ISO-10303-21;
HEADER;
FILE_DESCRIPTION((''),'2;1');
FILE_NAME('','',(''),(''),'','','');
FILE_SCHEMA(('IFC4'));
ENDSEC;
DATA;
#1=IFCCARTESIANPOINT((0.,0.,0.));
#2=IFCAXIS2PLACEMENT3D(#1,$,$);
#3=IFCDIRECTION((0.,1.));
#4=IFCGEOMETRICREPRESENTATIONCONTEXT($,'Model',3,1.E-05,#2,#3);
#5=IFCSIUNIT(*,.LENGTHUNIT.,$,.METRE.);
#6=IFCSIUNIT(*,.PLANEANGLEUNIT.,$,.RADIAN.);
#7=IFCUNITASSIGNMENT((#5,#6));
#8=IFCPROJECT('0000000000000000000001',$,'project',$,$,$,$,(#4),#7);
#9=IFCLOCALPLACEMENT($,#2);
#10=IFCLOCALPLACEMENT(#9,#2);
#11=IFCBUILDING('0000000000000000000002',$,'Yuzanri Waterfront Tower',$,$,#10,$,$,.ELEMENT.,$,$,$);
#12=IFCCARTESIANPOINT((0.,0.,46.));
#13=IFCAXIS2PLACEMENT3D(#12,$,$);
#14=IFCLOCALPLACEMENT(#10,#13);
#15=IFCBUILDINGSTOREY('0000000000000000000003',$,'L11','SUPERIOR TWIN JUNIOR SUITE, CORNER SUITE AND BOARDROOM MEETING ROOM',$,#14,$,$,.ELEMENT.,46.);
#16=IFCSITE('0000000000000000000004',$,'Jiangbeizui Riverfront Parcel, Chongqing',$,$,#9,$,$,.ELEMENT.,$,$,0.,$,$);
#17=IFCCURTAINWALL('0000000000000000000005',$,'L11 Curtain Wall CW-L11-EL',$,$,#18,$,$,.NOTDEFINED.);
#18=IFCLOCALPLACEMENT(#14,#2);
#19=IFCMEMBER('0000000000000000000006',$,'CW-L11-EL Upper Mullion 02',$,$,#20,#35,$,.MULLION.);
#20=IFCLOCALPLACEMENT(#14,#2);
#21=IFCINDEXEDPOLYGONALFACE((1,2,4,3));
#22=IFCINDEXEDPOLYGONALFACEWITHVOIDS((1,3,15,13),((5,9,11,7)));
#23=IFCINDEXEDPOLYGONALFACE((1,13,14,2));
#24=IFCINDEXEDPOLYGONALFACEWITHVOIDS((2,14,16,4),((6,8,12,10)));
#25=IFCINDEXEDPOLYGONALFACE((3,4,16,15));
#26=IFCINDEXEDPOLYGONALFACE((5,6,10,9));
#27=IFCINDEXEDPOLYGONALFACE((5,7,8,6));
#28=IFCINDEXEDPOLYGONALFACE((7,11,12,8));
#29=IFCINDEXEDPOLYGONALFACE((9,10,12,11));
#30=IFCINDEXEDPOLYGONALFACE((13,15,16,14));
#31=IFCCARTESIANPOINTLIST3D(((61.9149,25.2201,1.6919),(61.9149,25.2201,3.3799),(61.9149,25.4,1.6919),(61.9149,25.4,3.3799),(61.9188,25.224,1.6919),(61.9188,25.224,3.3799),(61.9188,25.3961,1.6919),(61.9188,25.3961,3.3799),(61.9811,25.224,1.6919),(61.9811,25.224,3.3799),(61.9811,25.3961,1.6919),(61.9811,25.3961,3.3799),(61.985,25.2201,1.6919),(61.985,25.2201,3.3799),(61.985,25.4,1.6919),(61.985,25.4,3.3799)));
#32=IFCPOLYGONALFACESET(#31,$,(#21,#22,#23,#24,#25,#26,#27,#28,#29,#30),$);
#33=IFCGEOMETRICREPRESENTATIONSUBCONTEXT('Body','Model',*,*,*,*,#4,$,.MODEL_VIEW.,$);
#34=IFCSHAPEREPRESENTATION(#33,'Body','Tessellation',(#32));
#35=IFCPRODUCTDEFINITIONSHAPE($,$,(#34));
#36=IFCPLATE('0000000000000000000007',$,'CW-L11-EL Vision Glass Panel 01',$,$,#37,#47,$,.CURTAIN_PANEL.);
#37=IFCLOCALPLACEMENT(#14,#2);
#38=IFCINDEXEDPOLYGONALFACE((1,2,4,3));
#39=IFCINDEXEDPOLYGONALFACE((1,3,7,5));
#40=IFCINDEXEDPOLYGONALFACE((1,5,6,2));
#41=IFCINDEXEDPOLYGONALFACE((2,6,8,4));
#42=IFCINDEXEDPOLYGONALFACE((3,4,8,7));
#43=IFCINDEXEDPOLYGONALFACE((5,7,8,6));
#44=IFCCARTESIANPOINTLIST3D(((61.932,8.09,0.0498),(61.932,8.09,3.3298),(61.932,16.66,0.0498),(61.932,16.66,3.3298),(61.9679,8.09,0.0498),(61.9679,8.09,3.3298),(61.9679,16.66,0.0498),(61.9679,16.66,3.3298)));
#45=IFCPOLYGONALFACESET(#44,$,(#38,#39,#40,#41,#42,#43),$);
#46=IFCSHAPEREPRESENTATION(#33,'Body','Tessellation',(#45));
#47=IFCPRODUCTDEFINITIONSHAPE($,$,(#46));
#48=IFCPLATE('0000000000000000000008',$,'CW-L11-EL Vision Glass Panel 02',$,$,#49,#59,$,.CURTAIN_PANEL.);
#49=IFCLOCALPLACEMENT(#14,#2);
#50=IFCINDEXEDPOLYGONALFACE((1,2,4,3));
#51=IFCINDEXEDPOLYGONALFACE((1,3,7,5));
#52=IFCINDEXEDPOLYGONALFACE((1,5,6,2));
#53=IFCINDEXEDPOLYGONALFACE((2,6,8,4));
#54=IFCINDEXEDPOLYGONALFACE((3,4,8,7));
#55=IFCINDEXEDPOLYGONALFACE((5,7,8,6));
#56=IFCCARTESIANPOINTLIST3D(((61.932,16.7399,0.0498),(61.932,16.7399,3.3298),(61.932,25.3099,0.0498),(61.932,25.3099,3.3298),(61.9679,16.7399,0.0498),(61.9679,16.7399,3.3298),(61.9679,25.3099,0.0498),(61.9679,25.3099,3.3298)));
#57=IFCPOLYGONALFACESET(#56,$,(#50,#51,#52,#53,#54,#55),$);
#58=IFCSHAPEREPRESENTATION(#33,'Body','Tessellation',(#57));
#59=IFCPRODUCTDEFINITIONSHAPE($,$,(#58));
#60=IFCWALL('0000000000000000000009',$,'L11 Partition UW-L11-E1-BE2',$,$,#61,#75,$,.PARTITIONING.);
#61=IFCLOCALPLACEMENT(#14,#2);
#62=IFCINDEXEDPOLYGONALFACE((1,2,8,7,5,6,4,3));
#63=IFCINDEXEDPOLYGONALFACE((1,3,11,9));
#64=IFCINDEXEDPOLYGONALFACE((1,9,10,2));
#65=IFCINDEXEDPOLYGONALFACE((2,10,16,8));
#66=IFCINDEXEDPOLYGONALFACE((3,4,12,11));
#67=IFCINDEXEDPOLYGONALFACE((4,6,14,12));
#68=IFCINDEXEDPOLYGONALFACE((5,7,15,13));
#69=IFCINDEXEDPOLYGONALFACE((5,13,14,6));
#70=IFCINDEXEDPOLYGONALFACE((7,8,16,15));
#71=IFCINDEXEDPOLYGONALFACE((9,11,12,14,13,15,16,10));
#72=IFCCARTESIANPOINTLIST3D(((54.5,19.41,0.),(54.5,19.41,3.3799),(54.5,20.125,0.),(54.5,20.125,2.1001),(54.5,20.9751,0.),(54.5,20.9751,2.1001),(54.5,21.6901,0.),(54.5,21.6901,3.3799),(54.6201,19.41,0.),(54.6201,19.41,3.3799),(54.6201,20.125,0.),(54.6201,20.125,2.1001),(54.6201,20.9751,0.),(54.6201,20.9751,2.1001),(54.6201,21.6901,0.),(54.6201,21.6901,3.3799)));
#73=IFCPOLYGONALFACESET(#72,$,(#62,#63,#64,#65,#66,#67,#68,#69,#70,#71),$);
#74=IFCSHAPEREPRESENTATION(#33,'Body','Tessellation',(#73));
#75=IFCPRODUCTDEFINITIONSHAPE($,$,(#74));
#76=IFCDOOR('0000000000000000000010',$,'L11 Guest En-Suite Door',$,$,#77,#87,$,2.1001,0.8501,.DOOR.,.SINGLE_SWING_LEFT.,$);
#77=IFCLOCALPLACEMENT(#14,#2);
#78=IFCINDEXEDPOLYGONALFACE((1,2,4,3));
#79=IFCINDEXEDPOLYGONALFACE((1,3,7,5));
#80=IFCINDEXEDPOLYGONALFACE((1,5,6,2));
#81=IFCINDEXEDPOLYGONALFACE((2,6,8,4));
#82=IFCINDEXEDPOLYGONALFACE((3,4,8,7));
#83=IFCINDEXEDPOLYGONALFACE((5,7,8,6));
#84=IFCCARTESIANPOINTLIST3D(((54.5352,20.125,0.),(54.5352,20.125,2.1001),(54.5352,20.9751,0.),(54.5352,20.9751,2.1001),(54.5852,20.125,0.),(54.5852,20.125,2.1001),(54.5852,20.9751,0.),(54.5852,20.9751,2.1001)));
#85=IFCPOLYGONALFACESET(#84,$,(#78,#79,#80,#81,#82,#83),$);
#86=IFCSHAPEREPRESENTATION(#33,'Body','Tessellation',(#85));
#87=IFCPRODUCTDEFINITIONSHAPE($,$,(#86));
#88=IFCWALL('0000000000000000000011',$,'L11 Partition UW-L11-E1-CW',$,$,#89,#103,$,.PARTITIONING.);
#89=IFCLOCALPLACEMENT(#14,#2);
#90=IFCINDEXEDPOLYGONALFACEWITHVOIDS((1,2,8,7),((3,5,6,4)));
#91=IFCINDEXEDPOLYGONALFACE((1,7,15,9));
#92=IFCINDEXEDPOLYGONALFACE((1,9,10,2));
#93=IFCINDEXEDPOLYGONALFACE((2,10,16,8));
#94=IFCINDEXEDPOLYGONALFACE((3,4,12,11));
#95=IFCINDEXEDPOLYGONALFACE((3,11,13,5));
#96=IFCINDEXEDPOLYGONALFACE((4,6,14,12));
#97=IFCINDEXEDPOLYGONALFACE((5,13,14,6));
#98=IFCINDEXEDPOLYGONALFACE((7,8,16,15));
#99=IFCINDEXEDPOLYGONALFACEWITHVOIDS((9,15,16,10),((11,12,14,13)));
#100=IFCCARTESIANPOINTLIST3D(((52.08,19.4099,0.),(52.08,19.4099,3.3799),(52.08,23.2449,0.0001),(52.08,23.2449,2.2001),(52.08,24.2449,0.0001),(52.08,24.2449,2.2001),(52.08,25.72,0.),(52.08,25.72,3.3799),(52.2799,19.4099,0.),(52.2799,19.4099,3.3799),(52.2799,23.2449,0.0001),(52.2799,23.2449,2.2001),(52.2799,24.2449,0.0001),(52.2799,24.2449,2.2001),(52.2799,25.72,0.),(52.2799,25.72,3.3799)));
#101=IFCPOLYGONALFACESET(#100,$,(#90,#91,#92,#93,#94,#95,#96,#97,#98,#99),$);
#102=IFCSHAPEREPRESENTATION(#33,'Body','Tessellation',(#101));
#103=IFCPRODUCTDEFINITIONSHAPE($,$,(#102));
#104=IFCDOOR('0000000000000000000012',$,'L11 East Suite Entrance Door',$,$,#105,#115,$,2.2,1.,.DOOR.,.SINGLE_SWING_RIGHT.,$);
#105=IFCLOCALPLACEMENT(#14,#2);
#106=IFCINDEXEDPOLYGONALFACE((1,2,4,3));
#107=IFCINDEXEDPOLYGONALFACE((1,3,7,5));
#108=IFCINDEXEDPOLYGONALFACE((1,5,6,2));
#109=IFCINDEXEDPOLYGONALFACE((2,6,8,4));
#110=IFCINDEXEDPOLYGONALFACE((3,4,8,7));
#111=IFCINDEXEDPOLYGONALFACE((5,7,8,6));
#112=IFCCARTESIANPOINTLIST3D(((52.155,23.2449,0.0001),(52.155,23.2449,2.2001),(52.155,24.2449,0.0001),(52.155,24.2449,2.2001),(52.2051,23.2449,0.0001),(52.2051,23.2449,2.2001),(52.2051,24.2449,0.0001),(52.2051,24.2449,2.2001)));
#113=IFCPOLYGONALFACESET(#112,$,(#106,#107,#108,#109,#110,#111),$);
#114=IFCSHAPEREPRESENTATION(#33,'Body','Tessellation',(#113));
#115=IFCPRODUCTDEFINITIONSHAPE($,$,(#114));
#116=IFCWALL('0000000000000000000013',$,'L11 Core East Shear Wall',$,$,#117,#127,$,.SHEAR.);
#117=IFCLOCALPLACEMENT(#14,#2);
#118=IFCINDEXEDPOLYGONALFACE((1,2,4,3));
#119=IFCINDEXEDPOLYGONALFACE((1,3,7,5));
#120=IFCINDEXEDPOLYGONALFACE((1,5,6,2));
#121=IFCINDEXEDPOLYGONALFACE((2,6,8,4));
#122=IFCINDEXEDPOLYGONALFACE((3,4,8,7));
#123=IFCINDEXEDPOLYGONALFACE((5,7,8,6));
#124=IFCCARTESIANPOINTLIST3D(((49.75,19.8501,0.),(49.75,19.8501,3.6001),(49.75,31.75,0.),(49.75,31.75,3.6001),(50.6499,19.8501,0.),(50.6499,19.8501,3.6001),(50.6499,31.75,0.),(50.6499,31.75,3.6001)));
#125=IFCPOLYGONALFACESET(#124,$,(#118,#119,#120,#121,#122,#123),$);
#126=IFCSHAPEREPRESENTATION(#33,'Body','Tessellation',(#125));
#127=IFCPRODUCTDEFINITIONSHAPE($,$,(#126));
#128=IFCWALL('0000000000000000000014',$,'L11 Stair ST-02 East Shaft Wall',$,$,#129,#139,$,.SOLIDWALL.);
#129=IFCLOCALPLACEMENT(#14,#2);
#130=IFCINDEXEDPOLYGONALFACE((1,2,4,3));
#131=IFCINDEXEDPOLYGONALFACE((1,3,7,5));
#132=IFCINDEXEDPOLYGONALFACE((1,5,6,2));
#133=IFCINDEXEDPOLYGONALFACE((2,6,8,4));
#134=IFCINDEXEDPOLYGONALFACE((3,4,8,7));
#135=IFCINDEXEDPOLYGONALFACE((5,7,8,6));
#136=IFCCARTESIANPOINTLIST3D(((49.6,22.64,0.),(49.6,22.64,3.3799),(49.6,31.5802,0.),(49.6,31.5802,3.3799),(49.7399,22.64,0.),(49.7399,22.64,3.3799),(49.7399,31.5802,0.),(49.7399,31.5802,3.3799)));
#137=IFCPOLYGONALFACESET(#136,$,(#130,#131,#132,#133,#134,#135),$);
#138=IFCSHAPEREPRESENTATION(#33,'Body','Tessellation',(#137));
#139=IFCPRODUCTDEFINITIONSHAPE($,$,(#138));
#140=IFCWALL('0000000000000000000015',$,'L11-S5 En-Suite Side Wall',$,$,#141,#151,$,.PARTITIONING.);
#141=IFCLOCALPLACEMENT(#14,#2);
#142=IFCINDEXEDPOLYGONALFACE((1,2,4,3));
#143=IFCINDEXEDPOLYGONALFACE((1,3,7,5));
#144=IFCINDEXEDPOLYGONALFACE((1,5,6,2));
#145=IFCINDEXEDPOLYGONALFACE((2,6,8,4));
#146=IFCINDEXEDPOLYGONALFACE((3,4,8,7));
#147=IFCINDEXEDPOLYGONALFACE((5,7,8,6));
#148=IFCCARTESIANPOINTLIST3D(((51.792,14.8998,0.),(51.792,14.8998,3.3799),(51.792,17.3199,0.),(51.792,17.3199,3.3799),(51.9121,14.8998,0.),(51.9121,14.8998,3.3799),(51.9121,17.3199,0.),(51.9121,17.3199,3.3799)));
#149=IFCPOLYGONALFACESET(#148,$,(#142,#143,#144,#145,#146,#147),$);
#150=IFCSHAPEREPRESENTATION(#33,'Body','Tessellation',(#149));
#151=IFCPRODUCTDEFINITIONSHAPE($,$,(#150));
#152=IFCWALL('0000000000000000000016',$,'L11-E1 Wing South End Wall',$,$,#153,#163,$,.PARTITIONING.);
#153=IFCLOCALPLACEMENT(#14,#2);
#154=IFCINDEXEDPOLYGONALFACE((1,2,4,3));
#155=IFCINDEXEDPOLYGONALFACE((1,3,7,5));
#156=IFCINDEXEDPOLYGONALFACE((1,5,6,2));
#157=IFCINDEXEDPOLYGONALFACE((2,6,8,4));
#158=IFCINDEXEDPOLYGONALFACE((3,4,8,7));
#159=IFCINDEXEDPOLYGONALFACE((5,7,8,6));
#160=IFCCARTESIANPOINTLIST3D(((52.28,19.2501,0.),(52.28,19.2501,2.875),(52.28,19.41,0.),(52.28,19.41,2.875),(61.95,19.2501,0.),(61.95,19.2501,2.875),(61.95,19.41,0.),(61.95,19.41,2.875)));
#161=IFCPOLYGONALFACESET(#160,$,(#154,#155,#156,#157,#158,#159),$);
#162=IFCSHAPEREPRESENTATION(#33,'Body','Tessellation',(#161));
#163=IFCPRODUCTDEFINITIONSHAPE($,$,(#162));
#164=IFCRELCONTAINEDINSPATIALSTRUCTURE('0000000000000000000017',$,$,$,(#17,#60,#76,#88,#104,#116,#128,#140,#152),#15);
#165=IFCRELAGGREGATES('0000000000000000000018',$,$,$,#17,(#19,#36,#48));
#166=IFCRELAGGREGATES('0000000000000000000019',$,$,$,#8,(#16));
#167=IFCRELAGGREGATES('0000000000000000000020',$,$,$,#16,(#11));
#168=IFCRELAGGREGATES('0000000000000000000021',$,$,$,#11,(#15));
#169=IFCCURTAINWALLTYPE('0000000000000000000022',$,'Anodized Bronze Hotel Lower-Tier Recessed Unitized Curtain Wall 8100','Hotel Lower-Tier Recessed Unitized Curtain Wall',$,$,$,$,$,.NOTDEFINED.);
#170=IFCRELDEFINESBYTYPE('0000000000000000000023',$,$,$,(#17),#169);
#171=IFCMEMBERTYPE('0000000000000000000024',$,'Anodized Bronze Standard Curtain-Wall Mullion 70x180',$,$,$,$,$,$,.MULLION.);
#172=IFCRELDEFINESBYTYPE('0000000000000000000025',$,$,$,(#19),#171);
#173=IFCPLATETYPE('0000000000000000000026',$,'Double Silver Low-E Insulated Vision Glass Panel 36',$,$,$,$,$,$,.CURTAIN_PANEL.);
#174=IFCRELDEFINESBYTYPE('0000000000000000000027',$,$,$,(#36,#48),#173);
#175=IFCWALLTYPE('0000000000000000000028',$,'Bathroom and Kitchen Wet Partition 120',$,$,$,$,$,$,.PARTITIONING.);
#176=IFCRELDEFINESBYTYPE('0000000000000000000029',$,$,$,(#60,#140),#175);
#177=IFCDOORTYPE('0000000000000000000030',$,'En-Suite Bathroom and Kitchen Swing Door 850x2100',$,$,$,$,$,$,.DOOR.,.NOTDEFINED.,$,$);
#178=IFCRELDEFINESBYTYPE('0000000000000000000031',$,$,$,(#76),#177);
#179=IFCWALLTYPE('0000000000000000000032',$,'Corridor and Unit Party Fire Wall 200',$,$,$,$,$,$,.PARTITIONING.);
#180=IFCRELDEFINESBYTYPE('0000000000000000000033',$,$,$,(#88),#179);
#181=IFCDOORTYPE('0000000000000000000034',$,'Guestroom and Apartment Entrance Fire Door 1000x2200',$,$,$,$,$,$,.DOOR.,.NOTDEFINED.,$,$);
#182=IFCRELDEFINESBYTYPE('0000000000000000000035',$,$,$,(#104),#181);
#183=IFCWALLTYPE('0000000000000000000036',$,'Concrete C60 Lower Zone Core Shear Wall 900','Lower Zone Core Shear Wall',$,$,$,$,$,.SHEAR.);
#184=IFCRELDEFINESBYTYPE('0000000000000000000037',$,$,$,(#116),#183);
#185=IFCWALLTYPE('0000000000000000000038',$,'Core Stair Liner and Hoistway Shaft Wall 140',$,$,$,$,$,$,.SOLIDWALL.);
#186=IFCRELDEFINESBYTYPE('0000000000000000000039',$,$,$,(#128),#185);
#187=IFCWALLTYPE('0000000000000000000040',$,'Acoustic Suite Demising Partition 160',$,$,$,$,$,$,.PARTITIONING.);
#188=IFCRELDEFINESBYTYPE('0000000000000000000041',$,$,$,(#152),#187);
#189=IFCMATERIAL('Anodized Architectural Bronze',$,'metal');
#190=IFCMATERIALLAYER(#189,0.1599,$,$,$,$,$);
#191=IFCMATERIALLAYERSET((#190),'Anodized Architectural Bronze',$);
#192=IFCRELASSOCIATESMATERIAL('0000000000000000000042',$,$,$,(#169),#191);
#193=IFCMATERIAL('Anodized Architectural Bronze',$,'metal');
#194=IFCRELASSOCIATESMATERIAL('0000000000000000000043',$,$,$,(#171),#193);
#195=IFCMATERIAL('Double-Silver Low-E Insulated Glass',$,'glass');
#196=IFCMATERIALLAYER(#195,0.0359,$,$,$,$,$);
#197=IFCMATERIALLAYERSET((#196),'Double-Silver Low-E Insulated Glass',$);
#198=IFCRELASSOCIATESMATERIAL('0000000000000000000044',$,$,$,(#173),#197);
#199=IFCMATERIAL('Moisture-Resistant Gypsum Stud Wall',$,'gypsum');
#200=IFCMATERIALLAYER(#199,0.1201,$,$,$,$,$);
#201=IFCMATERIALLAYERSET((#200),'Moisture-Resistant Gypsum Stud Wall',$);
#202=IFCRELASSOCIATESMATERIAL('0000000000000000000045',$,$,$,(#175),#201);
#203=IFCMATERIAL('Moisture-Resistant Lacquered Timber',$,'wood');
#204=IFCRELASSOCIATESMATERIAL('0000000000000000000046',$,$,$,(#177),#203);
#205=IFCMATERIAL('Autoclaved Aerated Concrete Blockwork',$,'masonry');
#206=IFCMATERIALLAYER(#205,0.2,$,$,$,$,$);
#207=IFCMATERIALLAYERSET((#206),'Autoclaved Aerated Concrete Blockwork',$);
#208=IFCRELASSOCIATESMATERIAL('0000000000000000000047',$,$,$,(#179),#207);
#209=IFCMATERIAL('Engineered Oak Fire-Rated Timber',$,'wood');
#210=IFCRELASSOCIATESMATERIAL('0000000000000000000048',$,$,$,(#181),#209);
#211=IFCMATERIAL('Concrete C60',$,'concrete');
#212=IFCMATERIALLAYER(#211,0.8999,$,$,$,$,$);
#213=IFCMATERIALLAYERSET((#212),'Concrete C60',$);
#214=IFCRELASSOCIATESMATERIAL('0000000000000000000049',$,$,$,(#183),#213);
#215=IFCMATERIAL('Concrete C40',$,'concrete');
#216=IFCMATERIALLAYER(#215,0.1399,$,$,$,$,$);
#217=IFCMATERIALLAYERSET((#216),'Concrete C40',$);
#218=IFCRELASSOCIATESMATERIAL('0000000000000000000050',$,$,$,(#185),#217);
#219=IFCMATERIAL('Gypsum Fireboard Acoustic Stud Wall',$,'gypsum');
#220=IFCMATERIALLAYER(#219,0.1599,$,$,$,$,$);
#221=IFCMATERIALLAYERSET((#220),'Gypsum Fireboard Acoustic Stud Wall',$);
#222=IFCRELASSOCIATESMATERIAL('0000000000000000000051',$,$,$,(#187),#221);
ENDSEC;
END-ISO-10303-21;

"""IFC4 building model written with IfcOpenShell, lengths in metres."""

from ifc_helpers import new_model, si_unit, direction, frame, frame_2d, origin, origin_2d, place, context, subcontext, project, spatial, rectangle, hollow_rectangle, extrude, source, transform, mapped, material, layer, layer_set, material_profile, profile_set, type_object, element, fill, aggregate, save


model = new_model("IFC4")

# Units and contexts
model_context = context("Model", 3, precision=1e-05, world=origin(), true_north=direction((0.0, 1.0)))
body_context = subcontext(model_context, "Body", "Model", "MODEL_VIEW")
ifc_project = project(units=[si_unit("LENGTHUNIT", "METRE"), si_unit("PLANEANGLEUNIT", "RADIAN")], contexts=[model_context])

# Site, building, storey
site_placement = place(None, origin())
site = spatial("IfcSite", under=ifc_project, at=site_placement, Name="Jiangbeizui Riverfront Parcel, Chongqing", CompositionType="ELEMENT", RefElevation=0.0)
building_placement = place(site_placement, origin())
building = spatial("IfcBuilding", under=site, at=building_placement, Name="Yuzanri Waterfront Tower", CompositionType="ELEMENT")
storey_placement = place(building_placement, frame((0.0, 0.0, 46.0)))
storey = spatial("IfcBuildingStorey", under=building, at=storey_placement, Name="L11", Description="SUPERIOR TWIN JUNIOR SUITE, CORNER SUITE AND BOARDROOM MEETING ROOM", CompositionType="ELEMENT", Elevation=46.0)

# Curtain wall, member, plates
ifc_material_1 = material(Name="Anodized Architectural Bronze", Category="metal")
ifc_layer_1 = layer(ifc_material_1, 0.1599)
ifc_layer_set_1 = layer_set([ifc_layer_1], Name="Anodized Architectural Bronze")
curtain_wall_type = type_object("IfcCurtainWallType", Name="Anodized Bronze Hotel Lower-Tier Recessed Unitized Curtain Wall 8100", Description="Hotel Lower-Tier Recessed Unitized Curtain Wall", PredefinedType="NOTDEFINED", material=ifc_layer_set_1)
curtain_wall_placement = place(storey_placement, origin())
curtain_wall = element("IfcCurtainWall", 1, at=curtain_wall_placement, inside=storey, type_object=curtain_wall_type, Name="L11 Curtain Wall CW-L11-EL", PredefinedType="NOTDEFINED")
ifc_material_2 = material(Name="Anodized Architectural Bronze", Category="metal")
ifc_material_profile_1 = material_profile(ifc_material_2, hollow_rectangle(XDim=0.0701, YDim=0.1799, WallThickness=0.0039, at=origin_2d()), Name="CWM 70x180")
ifc_profile_set_1 = profile_set([ifc_material_profile_1], Name="Anodized Architectural Bronze")
member_type = type_object("IfcMemberType", Name="Anodized Bronze Standard Curtain-Wall Mullion 70x180", PredefinedType="MULLION", material=ifc_profile_set_1)
shared_shape_1 = source(origin(), body_context, "Body", "SweptSolid", [
    extrude(hollow_rectangle(XDim=0.0701, YDim=0.1799, WallThickness=0.0039, at=origin_2d()), origin(), (0.0, 0.0, 1.0), 1.688),
])
member_1_placement = place(storey_placement, frame((61.95, 25.3101, 1.6919), z_axis=(0.0, 0.0, 1.0), x_axis=(1.0, 0.0, 0.0)))
member_1 = element("IfcMember", 2, at=member_1_placement, type_object=member_type, Name="CW-L11-EL Upper Mullion 02", PredefinedType="MULLION", context=body_context, shape_type="MappedRepresentation", body=[
    mapped(shared_shape_1, transform((0.0, 0.0, 0.0), scale=1.0)),
])
ifc_material_3 = material(Name="Double-Silver Low-E Insulated Glass", Category="glass")
ifc_layer_2 = layer(ifc_material_3, 0.0359)
ifc_layer_set_2 = layer_set([ifc_layer_2], Name="Double-Silver Low-E Insulated Glass")
plate_type = type_object("IfcPlateType", Name="Double Silver Low-E Insulated Vision Glass Panel 36", PredefinedType="CURTAIN_PANEL", material=ifc_layer_set_2)
shared_shape_2 = source(origin(), body_context, "Body", "SweptSolid", [
    extrude(rectangle(XDim=8.5701, YDim=0.0359, at=origin_2d()), origin(), (0.0, 0.0, 1.0), 3.28),
])
plate_1_placement = place(storey_placement, frame((61.95, 12.375, 0.0498), z_axis=(0.0, 0.0, 1.0), x_axis=(0.0, 1.0, 0.0)))
plate_1 = element("IfcPlate", 3, at=plate_1_placement, type_object=plate_type, Name="CW-L11-EL Vision Glass Panel 01", PredefinedType="CURTAIN_PANEL", context=body_context, shape_type="MappedRepresentation", body=[
    mapped(shared_shape_2, transform((0.0, 0.0, 0.0), scale=1.0)),
])
plate_2_placement = place(storey_placement, frame((61.95, 21.0249, 0.0498), z_axis=(0.0, 0.0, 1.0), x_axis=(0.0, 1.0, 0.0)))
plate_2 = element("IfcPlate", 4, at=plate_2_placement, type_object=plate_type, Name="CW-L11-EL Vision Glass Panel 02", PredefinedType="CURTAIN_PANEL", context=body_context, shape_type="MappedRepresentation", body=[
    mapped(shared_shape_2, transform((0.0, 0.0, 0.0), scale=1.0)),
])
aggregate(curtain_wall, [member_1, plate_1, plate_2])

# Walls, openings, doors
ifc_material_4 = material(Name="Moisture-Resistant Gypsum Stud Wall", Category="gypsum")
ifc_layer_3 = layer(ifc_material_4, 0.1201)
ifc_layer_set_3 = layer_set([ifc_layer_3], Name="Moisture-Resistant Gypsum Stud Wall")
wall_type_1 = type_object("IfcWallType", Name="Bathroom and Kitchen Wet Partition 120", PredefinedType="PARTITIONING", material=ifc_layer_set_3)
wall_1_placement = place(storey_placement, frame((54.5601, 19.4099, 0.0), z_axis=(0.0, 0.0, 1.0), x_axis=(0.0, 1.0, 0.0)))
wall_1 = element("IfcWall", 5, at=wall_1_placement, inside=storey, type_object=wall_type_1, Name="L11 Partition UW-L11-E1-BE2", PredefinedType="PARTITIONING", context=body_context, shape_type="SweptSolid", body=[
    extrude(rectangle(XDim=2.28, YDim=0.1201, at=frame_2d((1.1401, 0.0))), origin(), (0.0, 0.0, 1.0), 3.3799),
])
opening_1_placement = place(wall_1_placement, frame((0.7151, 0.0, 0.0)))
opening_1 = element("IfcOpeningElement", 6, at=opening_1_placement, cuts=wall_1, PredefinedType="OPENING", context=body_context, shape_type="SweptSolid", body=[
    extrude(rectangle(XDim=0.8501, YDim=2.1001, at=frame_2d((0.425, 1.05))), frame((0.0, 0.075, 0.0), z_axis=(0.0, -1.0, 0.0), x_axis=(1.0, 0.0, 0.0)), (0.0, 0.0, 1.0), 0.1499),
])
ifc_material_5 = material(Name="Moisture-Resistant Lacquered Timber", Category="wood")
door_type_1 = type_object("IfcDoorType", Name="En-Suite Bathroom and Kitchen Swing Door 850x2100", OperationType="NOTDEFINED", PredefinedType="DOOR", material=ifc_material_5)
shared_shape_3 = source(origin(), body_context, "Body", "SweptSolid", [
    extrude(rectangle(XDim=0.8501, YDim=2.1001, at=frame_2d((0.425, 1.05))), frame((0.0, 0.0249, 0.0), z_axis=(0.0, -1.0, 0.0), x_axis=(1.0, 0.0, 0.0)), (0.0, 0.0, 1.0), 0.05),
])
door_1_placement = place(opening_1_placement, origin())
door_1 = element("IfcDoor", 7, at=door_1_placement, inside=storey, type_object=door_type_1, Name="L11 Guest En-Suite Door", OperationType="SINGLE_SWING_LEFT", OverallHeight=2.1001, OverallWidth=0.8501, PredefinedType="DOOR", context=body_context, shape_type="MappedRepresentation", body=[
    mapped(shared_shape_3, transform((0.0, 0.0, 0.0), scale=1.0)),
])
fill(opening_1, door_1)
ifc_material_6 = material(Name="Autoclaved Aerated Concrete Blockwork", Category="masonry")
ifc_layer_4 = layer(ifc_material_6, 0.2)
ifc_layer_set_4 = layer_set([ifc_layer_4], Name="Autoclaved Aerated Concrete Blockwork")
wall_type_2 = type_object("IfcWallType", Name="Corridor and Unit Party Fire Wall 200", PredefinedType="PARTITIONING", material=ifc_layer_set_4)
wall_2_placement = place(storey_placement, frame((52.1799, 19.4099, 0.0), z_axis=(0.0, 0.0, 1.0), x_axis=(0.0, 1.0, 0.0)))
wall_2 = element("IfcWall", 8, at=wall_2_placement, inside=storey, type_object=wall_type_2, Name="L11 Partition UW-L11-E1-CW", PredefinedType="PARTITIONING", context=body_context, shape_type="SweptSolid", body=[
    extrude(rectangle(XDim=6.3101, YDim=0.2, at=frame_2d((3.155, 0.0))), origin(), (0.0, 0.0, 1.0), 3.3799),
])
opening_2_placement = place(wall_2_placement, frame((3.835, 0.0, 0.0)))
opening_2 = element("IfcOpeningElement", 9, at=opening_2_placement, cuts=wall_2, PredefinedType="OPENING", context=body_context, shape_type="SweptSolid", body=[
    extrude(rectangle(XDim=1.0, YDim=2.2, at=frame_2d((0.5, 1.1001))), frame((0.0, 0.1147, 0.0), z_axis=(0.0, -1.0, 0.0), x_axis=(1.0, 0.0, 0.0)), (0.0, 0.0, 1.0), 0.2297),
])
ifc_material_7 = material(Name="Engineered Oak Fire-Rated Timber", Category="wood")
door_type_2 = type_object("IfcDoorType", Name="Guestroom and Apartment Entrance Fire Door 1000x2200", OperationType="NOTDEFINED", PredefinedType="DOOR", material=ifc_material_7)
shared_shape_4 = source(origin(), body_context, "Body", "SweptSolid", [
    extrude(rectangle(XDim=1.0, YDim=2.2, at=frame_2d((0.5, 1.1001))), frame((0.0, 0.0249, 0.0), z_axis=(0.0, -1.0, 0.0), x_axis=(1.0, 0.0, 0.0)), (0.0, 0.0, 1.0), 0.05),
])
door_2_placement = place(opening_2_placement, origin())
door_2 = element("IfcDoor", 10, at=door_2_placement, inside=storey, type_object=door_type_2, Name="L11 East Suite Entrance Door", OperationType="SINGLE_SWING_RIGHT", OverallHeight=2.2, OverallWidth=1.0, PredefinedType="DOOR", context=body_context, shape_type="MappedRepresentation", body=[
    mapped(shared_shape_4, transform((0.0, 0.0, 0.0), scale=1.0)),
])
fill(opening_2, door_2)

# Walls
ifc_material_8 = material(Name="Concrete C60", Category="concrete")
ifc_layer_5 = layer(ifc_material_8, 0.8999)
ifc_layer_set_5 = layer_set([ifc_layer_5], Name="Concrete C60")
wall_type_3 = type_object("IfcWallType", Name="Concrete C60 Lower Zone Core Shear Wall 900", Description="Lower Zone Core Shear Wall", PredefinedType="SHEAR", material=ifc_layer_set_5)
shared_shape_5 = source(origin(), body_context, "Body", "SweptSolid", [
    extrude(rectangle(XDim=11.8999, YDim=0.8999, at=frame_2d((5.95, 0.0))), origin(), (0.0, 0.0, 1.0), 3.6001),
])
wall_3_placement = place(storey_placement, frame((50.2, 19.8501, 0.0), z_axis=(0.0, 0.0, 1.0), x_axis=(0.0, 1.0, 0.0)))
element("IfcWall", 11, at=wall_3_placement, inside=storey, type_object=wall_type_3, Name="L11 Core East Shear Wall", PredefinedType="SHEAR", context=body_context, shape_type="MappedRepresentation", body=[
    mapped(shared_shape_5, transform((0.0, 0.0, 0.0), scale=1.0)),
])
ifc_material_9 = material(Name="Concrete C40", Category="concrete")
ifc_layer_6 = layer(ifc_material_9, 0.1399)
ifc_layer_set_6 = layer_set([ifc_layer_6], Name="Concrete C40")
wall_type_4 = type_object("IfcWallType", Name="Core Stair Liner and Hoistway Shaft Wall 140", PredefinedType="SOLIDWALL", material=ifc_layer_set_6)
shared_shape_6 = source(origin(), body_context, "Body", "SweptSolid", [
    extrude(rectangle(XDim=8.9402, YDim=0.1399, at=frame_2d((4.4702, 0.0))), origin(), (0.0, 0.0, 1.0), 3.3799),
])
wall_4_placement = place(storey_placement, frame((49.6699, 22.6399, 0.0), z_axis=(0.0, 0.0, 1.0), x_axis=(0.0, 1.0, 0.0)))
element("IfcWall", 12, at=wall_4_placement, inside=storey, type_object=wall_type_4, Name="L11 Stair ST-02 East Shaft Wall", PredefinedType="SOLIDWALL", context=body_context, shape_type="MappedRepresentation", body=[
    mapped(shared_shape_6, transform((0.0, 0.0, 0.0), scale=1.0)),
])
shared_shape_7 = source(origin(), body_context, "Body", "SweptSolid", [
    extrude(rectangle(XDim=2.4202, YDim=0.1201, at=frame_2d((1.21, 0.0))), origin(), (0.0, 0.0, 1.0), 3.3799),
])
wall_5_placement = place(storey_placement, frame((51.8521, 14.8999, 0.0), z_axis=(0.0, 0.0, 1.0), x_axis=(0.0, 1.0, 0.0)))
element("IfcWall", 13, at=wall_5_placement, inside=storey, type_object=wall_type_1, Name="L11-S5 En-Suite Side Wall", PredefinedType="PARTITIONING", context=body_context, shape_type="MappedRepresentation", body=[
    mapped(shared_shape_7, transform((0.0, 0.0, 0.0), scale=1.0)),
])
ifc_material_10 = material(Name="Gypsum Fireboard Acoustic Stud Wall", Category="gypsum")
ifc_layer_7 = layer(ifc_material_10, 0.1599)
ifc_layer_set_7 = layer_set([ifc_layer_7], Name="Gypsum Fireboard Acoustic Stud Wall")
wall_type_5 = type_object("IfcWallType", Name="Acoustic Suite Demising Partition 160", PredefinedType="PARTITIONING", material=ifc_layer_set_7)
shared_shape_8 = source(origin(), body_context, "Body", "SweptSolid", [
    extrude(rectangle(XDim=9.6699, YDim=0.1599, at=frame_2d((4.835, 0.0))), origin(), (0.0, 0.0, 1.0), 2.875),
])
wall_6_placement = place(storey_placement, frame((52.28, 19.3301, 0.0), z_axis=(0.0, 0.0, 1.0), x_axis=(1.0, 0.0, 0.0)))
element("IfcWall", 14, at=wall_6_placement, inside=storey, type_object=wall_type_5, Name="L11-E1 Wing South End Wall", PredefinedType="PARTITIONING", context=body_context, shape_type="MappedRepresentation", body=[
    mapped(shared_shape_8, transform((0.0, 0.0, 0.0), scale=1.0)),
])

save(model, "model.ifc")
